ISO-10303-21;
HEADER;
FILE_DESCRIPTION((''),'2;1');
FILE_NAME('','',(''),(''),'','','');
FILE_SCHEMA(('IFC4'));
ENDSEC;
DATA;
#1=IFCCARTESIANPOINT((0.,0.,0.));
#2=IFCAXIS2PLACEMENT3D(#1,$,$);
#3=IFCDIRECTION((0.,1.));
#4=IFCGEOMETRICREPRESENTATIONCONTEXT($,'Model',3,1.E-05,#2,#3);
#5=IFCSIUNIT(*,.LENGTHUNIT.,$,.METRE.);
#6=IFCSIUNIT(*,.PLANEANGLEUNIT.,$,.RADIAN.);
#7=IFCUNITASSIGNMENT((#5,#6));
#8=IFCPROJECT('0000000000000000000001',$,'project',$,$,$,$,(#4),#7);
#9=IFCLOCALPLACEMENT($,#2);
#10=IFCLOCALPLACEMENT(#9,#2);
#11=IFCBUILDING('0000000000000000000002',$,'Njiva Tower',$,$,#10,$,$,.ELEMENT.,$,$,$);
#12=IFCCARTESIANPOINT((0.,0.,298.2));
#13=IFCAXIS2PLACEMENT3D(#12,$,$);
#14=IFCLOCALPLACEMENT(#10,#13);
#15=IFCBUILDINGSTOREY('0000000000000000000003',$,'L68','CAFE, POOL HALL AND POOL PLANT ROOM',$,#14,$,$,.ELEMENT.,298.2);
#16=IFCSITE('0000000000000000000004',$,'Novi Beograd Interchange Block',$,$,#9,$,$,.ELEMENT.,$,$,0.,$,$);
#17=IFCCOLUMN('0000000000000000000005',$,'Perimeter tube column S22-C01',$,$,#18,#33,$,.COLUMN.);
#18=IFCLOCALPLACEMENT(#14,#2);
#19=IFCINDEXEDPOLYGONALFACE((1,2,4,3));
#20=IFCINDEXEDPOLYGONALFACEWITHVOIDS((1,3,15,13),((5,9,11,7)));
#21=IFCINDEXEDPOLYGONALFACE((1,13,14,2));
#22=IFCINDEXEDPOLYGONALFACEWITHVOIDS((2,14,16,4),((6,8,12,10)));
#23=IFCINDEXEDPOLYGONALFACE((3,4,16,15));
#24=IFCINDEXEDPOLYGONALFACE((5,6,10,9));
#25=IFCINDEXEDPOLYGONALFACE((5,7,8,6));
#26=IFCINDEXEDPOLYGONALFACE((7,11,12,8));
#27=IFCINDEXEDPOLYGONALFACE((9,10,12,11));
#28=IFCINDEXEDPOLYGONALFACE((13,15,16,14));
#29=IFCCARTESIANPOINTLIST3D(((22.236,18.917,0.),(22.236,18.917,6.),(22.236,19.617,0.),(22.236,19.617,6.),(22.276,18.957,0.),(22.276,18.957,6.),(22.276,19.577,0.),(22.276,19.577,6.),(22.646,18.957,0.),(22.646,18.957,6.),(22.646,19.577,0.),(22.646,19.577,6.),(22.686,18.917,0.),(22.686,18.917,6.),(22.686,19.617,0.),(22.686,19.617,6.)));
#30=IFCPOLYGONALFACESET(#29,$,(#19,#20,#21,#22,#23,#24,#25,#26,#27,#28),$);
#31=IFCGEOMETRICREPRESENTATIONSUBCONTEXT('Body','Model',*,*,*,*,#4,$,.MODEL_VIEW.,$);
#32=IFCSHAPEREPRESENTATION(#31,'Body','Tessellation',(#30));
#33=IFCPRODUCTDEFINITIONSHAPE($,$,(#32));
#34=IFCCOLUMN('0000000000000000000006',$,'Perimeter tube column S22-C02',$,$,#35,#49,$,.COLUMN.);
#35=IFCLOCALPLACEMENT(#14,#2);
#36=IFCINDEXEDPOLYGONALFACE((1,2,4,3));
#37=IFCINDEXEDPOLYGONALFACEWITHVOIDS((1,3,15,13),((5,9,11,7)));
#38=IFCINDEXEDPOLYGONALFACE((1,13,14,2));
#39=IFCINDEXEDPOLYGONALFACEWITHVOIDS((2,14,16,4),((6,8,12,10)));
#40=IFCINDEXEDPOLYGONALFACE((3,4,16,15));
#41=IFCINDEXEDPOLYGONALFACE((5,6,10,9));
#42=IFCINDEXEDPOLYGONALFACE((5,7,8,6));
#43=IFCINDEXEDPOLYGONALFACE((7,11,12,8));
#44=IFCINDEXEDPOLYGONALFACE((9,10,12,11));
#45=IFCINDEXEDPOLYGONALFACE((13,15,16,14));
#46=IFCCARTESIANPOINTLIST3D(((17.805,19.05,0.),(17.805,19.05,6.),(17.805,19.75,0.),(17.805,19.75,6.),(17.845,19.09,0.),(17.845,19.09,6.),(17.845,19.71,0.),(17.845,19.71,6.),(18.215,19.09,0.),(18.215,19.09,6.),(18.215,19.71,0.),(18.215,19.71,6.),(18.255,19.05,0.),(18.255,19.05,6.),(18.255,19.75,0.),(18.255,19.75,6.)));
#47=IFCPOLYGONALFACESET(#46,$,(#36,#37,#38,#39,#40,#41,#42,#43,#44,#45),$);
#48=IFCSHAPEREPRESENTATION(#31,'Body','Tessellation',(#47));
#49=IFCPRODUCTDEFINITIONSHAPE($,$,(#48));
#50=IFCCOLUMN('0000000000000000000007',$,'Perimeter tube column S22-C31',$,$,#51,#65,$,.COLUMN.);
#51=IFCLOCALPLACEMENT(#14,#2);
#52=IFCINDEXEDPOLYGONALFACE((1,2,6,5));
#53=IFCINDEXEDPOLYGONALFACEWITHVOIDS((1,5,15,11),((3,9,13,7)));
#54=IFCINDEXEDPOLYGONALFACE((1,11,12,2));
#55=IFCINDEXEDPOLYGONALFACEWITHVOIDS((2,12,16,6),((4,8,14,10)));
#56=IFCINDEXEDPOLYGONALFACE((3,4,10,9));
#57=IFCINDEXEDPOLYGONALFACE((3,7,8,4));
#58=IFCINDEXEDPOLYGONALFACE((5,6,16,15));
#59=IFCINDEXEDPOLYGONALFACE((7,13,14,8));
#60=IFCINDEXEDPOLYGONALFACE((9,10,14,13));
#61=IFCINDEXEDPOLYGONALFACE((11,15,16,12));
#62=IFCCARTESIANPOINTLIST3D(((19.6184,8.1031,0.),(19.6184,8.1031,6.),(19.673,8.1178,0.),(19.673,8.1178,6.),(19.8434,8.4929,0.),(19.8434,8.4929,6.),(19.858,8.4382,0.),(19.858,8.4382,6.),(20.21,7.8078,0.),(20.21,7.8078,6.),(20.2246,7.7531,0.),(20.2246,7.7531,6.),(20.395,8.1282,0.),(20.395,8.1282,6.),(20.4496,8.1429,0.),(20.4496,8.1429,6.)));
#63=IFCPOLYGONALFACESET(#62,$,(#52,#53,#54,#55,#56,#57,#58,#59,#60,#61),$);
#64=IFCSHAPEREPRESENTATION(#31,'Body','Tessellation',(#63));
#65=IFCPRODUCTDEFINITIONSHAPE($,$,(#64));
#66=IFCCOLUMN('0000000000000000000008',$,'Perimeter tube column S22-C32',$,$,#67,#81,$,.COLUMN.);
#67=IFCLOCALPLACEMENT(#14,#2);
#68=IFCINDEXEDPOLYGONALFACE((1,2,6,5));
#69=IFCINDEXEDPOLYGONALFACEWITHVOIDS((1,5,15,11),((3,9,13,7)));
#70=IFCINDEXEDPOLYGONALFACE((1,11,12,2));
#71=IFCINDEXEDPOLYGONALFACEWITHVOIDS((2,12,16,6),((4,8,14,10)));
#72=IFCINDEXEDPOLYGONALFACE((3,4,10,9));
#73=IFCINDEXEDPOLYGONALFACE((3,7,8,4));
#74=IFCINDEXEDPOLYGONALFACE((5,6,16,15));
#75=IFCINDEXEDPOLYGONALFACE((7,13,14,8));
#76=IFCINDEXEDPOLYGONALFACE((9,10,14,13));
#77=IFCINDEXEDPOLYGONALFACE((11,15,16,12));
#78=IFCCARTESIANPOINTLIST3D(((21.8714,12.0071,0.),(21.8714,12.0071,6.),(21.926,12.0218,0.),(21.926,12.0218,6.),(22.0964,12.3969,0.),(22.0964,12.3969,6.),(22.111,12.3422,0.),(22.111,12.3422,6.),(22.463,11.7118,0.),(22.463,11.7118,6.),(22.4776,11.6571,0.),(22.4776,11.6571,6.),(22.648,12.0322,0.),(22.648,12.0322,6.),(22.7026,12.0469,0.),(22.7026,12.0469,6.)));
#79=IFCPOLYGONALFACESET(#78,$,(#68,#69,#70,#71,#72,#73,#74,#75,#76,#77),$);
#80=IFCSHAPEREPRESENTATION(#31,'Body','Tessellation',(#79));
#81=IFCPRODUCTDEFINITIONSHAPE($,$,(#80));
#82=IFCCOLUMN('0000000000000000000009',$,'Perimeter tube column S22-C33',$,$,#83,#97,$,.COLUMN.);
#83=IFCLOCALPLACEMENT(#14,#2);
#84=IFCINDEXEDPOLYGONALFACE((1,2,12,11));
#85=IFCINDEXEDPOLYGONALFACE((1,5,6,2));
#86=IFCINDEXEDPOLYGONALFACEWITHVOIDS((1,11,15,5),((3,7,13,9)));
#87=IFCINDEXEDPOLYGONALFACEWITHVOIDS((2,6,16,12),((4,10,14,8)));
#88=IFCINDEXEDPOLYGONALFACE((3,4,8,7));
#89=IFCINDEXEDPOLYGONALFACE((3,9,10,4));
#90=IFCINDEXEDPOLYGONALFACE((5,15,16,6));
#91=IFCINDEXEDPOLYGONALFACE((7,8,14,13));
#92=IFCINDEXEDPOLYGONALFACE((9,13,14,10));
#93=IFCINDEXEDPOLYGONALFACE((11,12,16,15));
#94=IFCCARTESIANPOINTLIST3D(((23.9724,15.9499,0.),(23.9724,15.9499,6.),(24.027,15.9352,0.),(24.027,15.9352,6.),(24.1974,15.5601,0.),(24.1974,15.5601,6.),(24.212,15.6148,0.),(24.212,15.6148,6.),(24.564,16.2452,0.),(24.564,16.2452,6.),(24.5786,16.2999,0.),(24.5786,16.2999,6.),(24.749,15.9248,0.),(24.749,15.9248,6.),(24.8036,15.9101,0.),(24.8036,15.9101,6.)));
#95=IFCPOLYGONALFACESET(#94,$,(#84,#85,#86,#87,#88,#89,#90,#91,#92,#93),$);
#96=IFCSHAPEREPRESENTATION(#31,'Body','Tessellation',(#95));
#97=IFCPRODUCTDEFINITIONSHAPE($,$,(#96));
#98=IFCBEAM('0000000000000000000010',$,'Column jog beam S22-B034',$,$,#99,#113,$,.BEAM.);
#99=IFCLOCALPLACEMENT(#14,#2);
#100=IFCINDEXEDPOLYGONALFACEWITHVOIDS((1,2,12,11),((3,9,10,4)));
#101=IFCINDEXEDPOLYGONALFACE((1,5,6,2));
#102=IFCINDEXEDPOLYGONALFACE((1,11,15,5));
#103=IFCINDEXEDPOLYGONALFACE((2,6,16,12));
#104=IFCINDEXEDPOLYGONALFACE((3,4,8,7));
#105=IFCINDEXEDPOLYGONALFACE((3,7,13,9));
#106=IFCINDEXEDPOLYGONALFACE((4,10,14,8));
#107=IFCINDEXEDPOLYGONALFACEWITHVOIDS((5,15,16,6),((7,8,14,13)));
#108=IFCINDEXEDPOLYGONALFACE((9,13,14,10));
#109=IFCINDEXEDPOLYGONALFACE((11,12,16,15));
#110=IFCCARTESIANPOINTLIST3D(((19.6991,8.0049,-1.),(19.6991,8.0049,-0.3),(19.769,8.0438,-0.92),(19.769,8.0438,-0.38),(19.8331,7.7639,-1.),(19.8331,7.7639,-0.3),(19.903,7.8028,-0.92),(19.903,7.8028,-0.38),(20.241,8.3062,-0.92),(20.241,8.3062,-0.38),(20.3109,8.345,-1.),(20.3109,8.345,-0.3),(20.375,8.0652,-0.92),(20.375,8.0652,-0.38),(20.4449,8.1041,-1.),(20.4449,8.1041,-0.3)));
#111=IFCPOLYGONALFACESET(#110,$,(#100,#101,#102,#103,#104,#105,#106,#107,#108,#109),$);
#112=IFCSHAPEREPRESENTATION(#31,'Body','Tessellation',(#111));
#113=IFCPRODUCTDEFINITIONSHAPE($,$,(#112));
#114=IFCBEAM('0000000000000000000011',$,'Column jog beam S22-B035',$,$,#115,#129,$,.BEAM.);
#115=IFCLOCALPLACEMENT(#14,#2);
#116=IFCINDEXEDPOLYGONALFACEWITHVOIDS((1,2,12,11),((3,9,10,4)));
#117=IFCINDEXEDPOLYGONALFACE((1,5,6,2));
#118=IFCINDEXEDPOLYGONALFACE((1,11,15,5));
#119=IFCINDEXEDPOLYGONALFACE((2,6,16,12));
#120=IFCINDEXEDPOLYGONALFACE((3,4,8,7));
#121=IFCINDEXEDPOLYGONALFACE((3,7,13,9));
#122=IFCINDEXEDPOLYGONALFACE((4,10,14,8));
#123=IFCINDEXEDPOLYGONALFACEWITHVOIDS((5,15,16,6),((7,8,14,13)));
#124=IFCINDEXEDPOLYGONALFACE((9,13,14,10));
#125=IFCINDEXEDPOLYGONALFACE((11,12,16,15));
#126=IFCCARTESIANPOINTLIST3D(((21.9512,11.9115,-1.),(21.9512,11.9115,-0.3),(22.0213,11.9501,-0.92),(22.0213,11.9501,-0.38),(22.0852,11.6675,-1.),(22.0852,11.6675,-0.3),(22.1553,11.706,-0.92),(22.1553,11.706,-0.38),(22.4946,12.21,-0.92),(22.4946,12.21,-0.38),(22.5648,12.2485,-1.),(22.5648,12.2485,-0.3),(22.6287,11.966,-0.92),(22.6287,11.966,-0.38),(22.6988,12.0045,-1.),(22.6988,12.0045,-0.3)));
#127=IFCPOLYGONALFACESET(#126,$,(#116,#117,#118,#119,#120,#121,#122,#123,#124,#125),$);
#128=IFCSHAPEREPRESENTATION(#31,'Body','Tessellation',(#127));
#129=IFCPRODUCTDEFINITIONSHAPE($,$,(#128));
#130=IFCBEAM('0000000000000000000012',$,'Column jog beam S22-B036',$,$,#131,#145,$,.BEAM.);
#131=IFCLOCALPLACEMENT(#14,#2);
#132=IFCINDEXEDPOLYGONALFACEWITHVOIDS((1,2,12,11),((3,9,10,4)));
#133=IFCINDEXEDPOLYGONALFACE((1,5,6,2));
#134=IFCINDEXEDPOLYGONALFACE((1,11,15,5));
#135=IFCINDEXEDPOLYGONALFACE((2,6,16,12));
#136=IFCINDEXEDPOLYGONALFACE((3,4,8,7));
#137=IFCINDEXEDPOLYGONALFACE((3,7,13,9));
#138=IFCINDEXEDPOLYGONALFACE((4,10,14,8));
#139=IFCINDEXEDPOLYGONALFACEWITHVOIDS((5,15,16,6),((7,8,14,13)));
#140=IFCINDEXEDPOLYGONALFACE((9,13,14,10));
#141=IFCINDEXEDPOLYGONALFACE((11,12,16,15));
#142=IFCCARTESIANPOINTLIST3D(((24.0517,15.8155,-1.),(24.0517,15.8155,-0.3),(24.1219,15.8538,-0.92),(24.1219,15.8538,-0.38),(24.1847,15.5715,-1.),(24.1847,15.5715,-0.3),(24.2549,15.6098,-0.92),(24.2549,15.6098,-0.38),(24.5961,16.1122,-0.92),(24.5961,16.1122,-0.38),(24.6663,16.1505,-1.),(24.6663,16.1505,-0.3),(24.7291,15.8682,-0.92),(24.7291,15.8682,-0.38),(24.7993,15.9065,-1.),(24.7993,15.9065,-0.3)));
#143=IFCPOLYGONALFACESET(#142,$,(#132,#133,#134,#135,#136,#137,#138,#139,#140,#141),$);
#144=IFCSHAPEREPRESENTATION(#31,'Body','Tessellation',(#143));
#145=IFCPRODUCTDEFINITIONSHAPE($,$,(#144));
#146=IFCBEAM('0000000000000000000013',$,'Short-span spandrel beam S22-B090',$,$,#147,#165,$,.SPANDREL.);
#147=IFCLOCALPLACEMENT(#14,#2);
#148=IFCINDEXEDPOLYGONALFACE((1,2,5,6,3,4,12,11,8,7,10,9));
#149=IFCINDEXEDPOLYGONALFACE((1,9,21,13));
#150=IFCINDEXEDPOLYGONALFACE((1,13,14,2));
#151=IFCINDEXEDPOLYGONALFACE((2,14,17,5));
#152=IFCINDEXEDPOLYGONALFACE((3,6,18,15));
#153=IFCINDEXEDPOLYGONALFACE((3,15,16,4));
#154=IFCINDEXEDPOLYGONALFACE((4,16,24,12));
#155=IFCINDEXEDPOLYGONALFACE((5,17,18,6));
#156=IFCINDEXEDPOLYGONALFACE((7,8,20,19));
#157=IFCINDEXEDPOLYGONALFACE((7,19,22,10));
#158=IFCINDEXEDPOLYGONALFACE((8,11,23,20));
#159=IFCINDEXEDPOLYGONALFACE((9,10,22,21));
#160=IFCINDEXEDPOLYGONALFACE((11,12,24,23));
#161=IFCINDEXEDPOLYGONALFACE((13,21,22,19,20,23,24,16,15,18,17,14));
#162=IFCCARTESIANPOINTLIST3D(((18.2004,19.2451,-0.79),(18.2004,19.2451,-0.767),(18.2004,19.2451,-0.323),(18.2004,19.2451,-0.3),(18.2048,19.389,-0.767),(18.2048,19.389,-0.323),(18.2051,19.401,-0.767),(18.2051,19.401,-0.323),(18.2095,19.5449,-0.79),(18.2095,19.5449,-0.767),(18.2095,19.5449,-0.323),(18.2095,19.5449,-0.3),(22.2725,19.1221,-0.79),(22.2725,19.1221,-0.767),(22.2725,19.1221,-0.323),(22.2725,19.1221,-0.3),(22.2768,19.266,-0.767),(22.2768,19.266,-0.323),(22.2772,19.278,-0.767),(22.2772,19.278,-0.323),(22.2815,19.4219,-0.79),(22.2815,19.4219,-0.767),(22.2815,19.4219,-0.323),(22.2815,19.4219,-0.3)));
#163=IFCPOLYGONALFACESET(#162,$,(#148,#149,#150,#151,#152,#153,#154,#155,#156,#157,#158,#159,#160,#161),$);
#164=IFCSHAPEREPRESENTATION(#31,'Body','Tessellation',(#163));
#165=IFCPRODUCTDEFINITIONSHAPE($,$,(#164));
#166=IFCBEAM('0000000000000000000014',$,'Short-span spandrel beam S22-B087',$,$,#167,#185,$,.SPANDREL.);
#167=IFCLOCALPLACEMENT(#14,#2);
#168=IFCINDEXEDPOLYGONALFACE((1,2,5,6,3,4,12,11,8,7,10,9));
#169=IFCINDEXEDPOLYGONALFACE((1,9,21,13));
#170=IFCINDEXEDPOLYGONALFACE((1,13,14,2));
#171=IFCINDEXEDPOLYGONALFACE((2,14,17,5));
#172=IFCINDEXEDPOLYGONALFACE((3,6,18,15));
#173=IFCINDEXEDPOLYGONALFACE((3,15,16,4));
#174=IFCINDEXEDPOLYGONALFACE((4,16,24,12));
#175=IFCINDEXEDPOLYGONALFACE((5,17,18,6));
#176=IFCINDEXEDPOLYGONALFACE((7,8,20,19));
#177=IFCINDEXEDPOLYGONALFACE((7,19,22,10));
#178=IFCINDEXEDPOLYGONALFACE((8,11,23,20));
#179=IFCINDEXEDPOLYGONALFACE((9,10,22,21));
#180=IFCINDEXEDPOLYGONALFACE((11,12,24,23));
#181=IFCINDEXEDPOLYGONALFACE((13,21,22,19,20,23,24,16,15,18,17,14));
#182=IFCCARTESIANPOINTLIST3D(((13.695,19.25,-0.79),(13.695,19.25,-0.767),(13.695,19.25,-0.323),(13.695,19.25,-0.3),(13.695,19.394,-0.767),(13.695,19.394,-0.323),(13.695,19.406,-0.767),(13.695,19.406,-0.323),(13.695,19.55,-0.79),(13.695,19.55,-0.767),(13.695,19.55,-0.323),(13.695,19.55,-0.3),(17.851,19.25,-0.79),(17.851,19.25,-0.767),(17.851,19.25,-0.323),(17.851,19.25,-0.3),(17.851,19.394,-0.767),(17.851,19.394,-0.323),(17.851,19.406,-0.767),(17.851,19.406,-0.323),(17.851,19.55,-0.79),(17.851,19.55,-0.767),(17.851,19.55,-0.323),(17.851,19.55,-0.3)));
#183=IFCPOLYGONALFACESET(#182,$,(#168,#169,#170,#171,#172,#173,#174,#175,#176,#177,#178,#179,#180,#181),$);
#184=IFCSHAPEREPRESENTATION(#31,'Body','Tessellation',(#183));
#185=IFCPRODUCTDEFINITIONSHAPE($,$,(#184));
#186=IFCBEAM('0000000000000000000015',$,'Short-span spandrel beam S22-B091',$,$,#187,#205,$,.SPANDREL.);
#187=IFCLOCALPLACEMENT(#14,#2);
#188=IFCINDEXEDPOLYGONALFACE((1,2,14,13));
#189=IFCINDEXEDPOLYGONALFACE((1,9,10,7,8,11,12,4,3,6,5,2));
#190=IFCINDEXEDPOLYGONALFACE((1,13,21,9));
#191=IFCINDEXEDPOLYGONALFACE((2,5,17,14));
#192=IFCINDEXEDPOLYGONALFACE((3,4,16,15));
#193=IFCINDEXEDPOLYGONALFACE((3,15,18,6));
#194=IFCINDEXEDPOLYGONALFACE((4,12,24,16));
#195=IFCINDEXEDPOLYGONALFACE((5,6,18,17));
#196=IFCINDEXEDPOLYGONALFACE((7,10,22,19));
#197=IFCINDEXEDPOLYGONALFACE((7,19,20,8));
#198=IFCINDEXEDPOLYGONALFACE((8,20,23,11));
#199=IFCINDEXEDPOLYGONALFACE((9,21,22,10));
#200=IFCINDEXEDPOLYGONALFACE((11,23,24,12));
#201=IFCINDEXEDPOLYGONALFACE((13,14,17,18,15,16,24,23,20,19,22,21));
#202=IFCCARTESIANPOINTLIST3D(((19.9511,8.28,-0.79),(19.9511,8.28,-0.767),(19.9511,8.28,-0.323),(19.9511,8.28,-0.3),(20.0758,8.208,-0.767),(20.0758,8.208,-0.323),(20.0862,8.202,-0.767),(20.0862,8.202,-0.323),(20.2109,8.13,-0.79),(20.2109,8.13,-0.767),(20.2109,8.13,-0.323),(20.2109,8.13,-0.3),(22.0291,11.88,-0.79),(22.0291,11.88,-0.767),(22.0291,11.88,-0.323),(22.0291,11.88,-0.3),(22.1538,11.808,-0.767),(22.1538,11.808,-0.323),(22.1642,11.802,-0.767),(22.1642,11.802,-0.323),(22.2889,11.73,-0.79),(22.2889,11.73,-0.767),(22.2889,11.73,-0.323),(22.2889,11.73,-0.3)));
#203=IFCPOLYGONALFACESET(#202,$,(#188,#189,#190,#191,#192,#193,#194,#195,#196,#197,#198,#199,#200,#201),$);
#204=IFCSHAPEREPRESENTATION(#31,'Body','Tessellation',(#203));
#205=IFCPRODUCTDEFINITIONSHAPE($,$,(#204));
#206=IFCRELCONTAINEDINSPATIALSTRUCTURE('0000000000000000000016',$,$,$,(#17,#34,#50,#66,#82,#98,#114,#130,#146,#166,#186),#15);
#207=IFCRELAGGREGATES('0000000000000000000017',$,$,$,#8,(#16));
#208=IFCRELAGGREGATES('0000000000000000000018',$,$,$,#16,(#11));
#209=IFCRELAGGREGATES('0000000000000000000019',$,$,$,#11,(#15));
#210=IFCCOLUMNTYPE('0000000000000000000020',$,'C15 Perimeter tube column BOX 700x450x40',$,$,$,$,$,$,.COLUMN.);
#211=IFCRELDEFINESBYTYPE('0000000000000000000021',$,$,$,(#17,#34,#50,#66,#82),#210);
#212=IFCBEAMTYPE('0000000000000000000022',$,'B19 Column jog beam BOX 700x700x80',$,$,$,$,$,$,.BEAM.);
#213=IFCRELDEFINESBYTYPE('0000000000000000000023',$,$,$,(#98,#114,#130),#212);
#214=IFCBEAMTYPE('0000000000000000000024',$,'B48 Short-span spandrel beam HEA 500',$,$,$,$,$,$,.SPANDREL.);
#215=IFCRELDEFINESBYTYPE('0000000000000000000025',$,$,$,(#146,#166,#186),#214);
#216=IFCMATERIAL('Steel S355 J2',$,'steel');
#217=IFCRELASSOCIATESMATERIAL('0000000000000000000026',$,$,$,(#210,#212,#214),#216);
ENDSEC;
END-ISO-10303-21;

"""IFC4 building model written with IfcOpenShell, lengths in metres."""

from ifc_helpers import new_model, si_unit, direction, frame, origin, origin_2d, place, context, subcontext, project, spatial, hollow_rectangle, i_section, extrude, material, material_profile, profile_set, type_object, element, save


model = new_model("IFC4")

# Units and contexts
model_context = context("Model", 3, precision=1e-05, world=origin(), true_north=direction((0.0, 1.0)))
body_context = subcontext(model_context, "Body", "Model", "MODEL_VIEW")
ifc_project = project(units=[si_unit("LENGTHUNIT", "METRE"), si_unit("PLANEANGLEUNIT", "RADIAN")], contexts=[model_context])

# Site, building, storey
site_placement = place(None, origin())
site = spatial("IfcSite", under=ifc_project, at=site_placement, Name="Novi Beograd Interchange Block", CompositionType="ELEMENT", RefElevation=0.0)
building_placement = place(site_placement, origin())
building = spatial("IfcBuilding", under=site, at=building_placement, Name="Njiva Tower", CompositionType="ELEMENT")
storey_placement = place(building_placement, frame((0.0, 0.0, 298.2)))
storey = spatial("IfcBuildingStorey", under=building, at=storey_placement, Name="L68", Description="CAFE, POOL HALL AND POOL PLANT ROOM", CompositionType="ELEMENT", Elevation=298.2)

# Columns
ifc_material_1 = material(Name="Steel S355 J2", Category="steel")
ifc_material_profile_1 = material_profile(ifc_material_1, hollow_rectangle(XDim=0.45, YDim=0.7, WallThickness=0.04, at=origin_2d()), Name="BOX 700x450x40")
ifc_profile_set_1 = profile_set([ifc_material_profile_1], Name="Steel S355 J2")
column_type = type_object("IfcColumnType", Name="C15 Perimeter tube column BOX 700x450x40", PredefinedType="COLUMN", material=ifc_profile_set_1)
for number, where, z_axis, x_axis, name in (
    (1, (22.461, 19.267, 0.0), (0.0, 0.0, 1.0), (-1.0, 0.0, 0.0), "Perimeter tube column S22-C01"),
    (2, (18.03, 19.4, 0.0), (0.0, 0.0, 1.0), (-1.0, 0.0, 0.0), "Perimeter tube column S22-C02"),
    (3, (20.034, 8.123, 0.0), (0.0, 0.0, 1.0), (0.5, 0.866025, 0.0), "Perimeter tube column S22-C31"),
    (4, (22.287, 12.027, 0.0), (0.0, 0.0, 1.0), (0.5, 0.866025, 0.0), "Perimeter tube column S22-C32"),
    (5, (24.388, 15.93, 0.0), (0.0, 0.0, 1.0), (-0.5, 0.866025, 0.0), "Perimeter tube column S22-C33"),
):
    element("IfcColumn", number, at=place(storey_placement, frame(where, z_axis=z_axis, x_axis=x_axis)), inside=storey, type_object=column_type, Name=name, PredefinedType="COLUMN", context=body_context, shape_type="SweptSolid", body=[
        extrude(hollow_rectangle(XDim=0.45, YDim=0.7, WallThickness=0.04, at=origin_2d()), origin(), (0.0, 0.0, 1.0), 6.0),
    ])

# Beams
ifc_material_profile_2 = material_profile(ifc_material_1, hollow_rectangle(XDim=0.7, YDim=0.7, WallThickness=0.08, at=origin_2d()), Name="BOX 700x700x80")
ifc_profile_set_2 = profile_set([ifc_material_profile_2], Name="Steel S355 J2")
beam_type_1 = type_object("IfcBeamType", Name="B19 Column jog beam BOX 700x700x80", PredefinedType="BEAM", material=ifc_profile_set_2)
beam_1_placement = place(storey_placement, frame((20.139, 7.934, -0.65), z_axis=(-0.485951, 0.873986, 0.0), x_axis=(-0.873986, -0.485951, 0.0)))
element("IfcBeam", 6, at=beam_1_placement, inside=storey, type_object=beam_type_1, Name="Column jog beam S22-B034", PredefinedType="BEAM", context=body_context, shape_type="SweptSolid", body=[
    extrude(hollow_rectangle(XDim=0.7, YDim=0.7, WallThickness=0.08, at=origin_2d()), origin(), (0.0, 0.0, 1.0), 0.2757),
])
beam_2_placement = place(storey_placement, frame((22.392, 11.836, -0.65), z_axis=(-0.481367, 0.876519, 0.0), x_axis=(-0.876519, -0.481367, 0.0)))
element("IfcBeam", 7, at=beam_2_placement, inside=storey, type_object=beam_type_1, Name="Column jog beam S22-B035", PredefinedType="BEAM", context=body_context, shape_type="SweptSolid", body=[
    extrude(hollow_rectangle(XDim=0.7, YDim=0.7, WallThickness=0.08, at=origin_2d()), origin(), (0.0, 0.0, 1.0), 0.2784),
])
beam_3_placement = place(storey_placement, frame((24.492, 15.739, -0.65), z_axis=(-0.4786, 0.878033, 0.0), x_axis=(-0.878033, -0.4786, 0.0)))
element("IfcBeam", 8, at=beam_3_placement, inside=storey, type_object=beam_type_1, Name="Column jog beam S22-B036", PredefinedType="BEAM", context=body_context, shape_type="SweptSolid", body=[
    extrude(hollow_rectangle(XDim=0.7, YDim=0.7, WallThickness=0.08, at=origin_2d()), origin(), (0.0, 0.0, 1.0), 0.2779),
])
ifc_material_profile_3 = material_profile(ifc_material_1, i_section(OverallWidth=0.3, OverallDepth=0.49, WebThickness=0.012, FlangeThickness=0.023, at=origin_2d()), Name="HEA 500")
ifc_profile_set_3 = profile_set([ifc_material_profile_3], Name="Steel S355 J2")
beam_type_2 = type_object("IfcBeamType", Name="B48 Short-span spandrel beam HEA 500", PredefinedType="SPANDREL", material=ifc_profile_set_3)
beam_4_placement = place(storey_placement, frame((22.277, 19.272, -0.545), z_axis=(-0.999544, 0.030193, 0.0), x_axis=(-0.030193, -0.999544, 0.0)))
element("IfcBeam", 9, at=beam_4_placement, inside=storey, type_object=beam_type_2, Name="Short-span spandrel beam S22-B090", PredefinedType="SPANDREL", context=body_context, shape_type="SweptSolid", body=[
    extrude(i_section(OverallWidth=0.3, OverallDepth=0.49, WebThickness=0.012, FlangeThickness=0.023, at=origin_2d()), origin(), (0.0, 0.0, 1.0), 4.0739),
])
beam_5_placement = place(storey_placement, frame((17.851, 19.4, -0.545), z_axis=(-1.0, 0.0, 0.0), x_axis=(0.0, -1.0, 0.0)))
element("IfcBeam", 10, at=beam_5_placement, inside=storey, type_object=beam_type_2, Name="Short-span spandrel beam S22-B087", PredefinedType="SPANDREL", context=body_context, shape_type="SweptSolid", body=[
    extrude(i_section(OverallWidth=0.3, OverallDepth=0.49, WebThickness=0.012, FlangeThickness=0.023, at=origin_2d()), origin(), (0.0, 0.0, 1.0), 4.156),
])
beam_6_placement = place(storey_placement, frame((20.081, 8.205, -0.545), z_axis=(0.499917, 0.866073, 0.0), x_axis=(-0.866073, 0.499917, 0.0)))
element("IfcBeam", 11, at=beam_6_placement, inside=storey, type_object=beam_type_2, Name="Short-span spandrel beam S22-B091", PredefinedType="SPANDREL", context=body_context, shape_type="SweptSolid", body=[
    extrude(i_section(OverallWidth=0.3, OverallDepth=0.49, WebThickness=0.012, FlangeThickness=0.023, at=origin_2d()), origin(), (0.0, 0.0, 1.0), 4.1567),
])

save(model, "model.ifc")
